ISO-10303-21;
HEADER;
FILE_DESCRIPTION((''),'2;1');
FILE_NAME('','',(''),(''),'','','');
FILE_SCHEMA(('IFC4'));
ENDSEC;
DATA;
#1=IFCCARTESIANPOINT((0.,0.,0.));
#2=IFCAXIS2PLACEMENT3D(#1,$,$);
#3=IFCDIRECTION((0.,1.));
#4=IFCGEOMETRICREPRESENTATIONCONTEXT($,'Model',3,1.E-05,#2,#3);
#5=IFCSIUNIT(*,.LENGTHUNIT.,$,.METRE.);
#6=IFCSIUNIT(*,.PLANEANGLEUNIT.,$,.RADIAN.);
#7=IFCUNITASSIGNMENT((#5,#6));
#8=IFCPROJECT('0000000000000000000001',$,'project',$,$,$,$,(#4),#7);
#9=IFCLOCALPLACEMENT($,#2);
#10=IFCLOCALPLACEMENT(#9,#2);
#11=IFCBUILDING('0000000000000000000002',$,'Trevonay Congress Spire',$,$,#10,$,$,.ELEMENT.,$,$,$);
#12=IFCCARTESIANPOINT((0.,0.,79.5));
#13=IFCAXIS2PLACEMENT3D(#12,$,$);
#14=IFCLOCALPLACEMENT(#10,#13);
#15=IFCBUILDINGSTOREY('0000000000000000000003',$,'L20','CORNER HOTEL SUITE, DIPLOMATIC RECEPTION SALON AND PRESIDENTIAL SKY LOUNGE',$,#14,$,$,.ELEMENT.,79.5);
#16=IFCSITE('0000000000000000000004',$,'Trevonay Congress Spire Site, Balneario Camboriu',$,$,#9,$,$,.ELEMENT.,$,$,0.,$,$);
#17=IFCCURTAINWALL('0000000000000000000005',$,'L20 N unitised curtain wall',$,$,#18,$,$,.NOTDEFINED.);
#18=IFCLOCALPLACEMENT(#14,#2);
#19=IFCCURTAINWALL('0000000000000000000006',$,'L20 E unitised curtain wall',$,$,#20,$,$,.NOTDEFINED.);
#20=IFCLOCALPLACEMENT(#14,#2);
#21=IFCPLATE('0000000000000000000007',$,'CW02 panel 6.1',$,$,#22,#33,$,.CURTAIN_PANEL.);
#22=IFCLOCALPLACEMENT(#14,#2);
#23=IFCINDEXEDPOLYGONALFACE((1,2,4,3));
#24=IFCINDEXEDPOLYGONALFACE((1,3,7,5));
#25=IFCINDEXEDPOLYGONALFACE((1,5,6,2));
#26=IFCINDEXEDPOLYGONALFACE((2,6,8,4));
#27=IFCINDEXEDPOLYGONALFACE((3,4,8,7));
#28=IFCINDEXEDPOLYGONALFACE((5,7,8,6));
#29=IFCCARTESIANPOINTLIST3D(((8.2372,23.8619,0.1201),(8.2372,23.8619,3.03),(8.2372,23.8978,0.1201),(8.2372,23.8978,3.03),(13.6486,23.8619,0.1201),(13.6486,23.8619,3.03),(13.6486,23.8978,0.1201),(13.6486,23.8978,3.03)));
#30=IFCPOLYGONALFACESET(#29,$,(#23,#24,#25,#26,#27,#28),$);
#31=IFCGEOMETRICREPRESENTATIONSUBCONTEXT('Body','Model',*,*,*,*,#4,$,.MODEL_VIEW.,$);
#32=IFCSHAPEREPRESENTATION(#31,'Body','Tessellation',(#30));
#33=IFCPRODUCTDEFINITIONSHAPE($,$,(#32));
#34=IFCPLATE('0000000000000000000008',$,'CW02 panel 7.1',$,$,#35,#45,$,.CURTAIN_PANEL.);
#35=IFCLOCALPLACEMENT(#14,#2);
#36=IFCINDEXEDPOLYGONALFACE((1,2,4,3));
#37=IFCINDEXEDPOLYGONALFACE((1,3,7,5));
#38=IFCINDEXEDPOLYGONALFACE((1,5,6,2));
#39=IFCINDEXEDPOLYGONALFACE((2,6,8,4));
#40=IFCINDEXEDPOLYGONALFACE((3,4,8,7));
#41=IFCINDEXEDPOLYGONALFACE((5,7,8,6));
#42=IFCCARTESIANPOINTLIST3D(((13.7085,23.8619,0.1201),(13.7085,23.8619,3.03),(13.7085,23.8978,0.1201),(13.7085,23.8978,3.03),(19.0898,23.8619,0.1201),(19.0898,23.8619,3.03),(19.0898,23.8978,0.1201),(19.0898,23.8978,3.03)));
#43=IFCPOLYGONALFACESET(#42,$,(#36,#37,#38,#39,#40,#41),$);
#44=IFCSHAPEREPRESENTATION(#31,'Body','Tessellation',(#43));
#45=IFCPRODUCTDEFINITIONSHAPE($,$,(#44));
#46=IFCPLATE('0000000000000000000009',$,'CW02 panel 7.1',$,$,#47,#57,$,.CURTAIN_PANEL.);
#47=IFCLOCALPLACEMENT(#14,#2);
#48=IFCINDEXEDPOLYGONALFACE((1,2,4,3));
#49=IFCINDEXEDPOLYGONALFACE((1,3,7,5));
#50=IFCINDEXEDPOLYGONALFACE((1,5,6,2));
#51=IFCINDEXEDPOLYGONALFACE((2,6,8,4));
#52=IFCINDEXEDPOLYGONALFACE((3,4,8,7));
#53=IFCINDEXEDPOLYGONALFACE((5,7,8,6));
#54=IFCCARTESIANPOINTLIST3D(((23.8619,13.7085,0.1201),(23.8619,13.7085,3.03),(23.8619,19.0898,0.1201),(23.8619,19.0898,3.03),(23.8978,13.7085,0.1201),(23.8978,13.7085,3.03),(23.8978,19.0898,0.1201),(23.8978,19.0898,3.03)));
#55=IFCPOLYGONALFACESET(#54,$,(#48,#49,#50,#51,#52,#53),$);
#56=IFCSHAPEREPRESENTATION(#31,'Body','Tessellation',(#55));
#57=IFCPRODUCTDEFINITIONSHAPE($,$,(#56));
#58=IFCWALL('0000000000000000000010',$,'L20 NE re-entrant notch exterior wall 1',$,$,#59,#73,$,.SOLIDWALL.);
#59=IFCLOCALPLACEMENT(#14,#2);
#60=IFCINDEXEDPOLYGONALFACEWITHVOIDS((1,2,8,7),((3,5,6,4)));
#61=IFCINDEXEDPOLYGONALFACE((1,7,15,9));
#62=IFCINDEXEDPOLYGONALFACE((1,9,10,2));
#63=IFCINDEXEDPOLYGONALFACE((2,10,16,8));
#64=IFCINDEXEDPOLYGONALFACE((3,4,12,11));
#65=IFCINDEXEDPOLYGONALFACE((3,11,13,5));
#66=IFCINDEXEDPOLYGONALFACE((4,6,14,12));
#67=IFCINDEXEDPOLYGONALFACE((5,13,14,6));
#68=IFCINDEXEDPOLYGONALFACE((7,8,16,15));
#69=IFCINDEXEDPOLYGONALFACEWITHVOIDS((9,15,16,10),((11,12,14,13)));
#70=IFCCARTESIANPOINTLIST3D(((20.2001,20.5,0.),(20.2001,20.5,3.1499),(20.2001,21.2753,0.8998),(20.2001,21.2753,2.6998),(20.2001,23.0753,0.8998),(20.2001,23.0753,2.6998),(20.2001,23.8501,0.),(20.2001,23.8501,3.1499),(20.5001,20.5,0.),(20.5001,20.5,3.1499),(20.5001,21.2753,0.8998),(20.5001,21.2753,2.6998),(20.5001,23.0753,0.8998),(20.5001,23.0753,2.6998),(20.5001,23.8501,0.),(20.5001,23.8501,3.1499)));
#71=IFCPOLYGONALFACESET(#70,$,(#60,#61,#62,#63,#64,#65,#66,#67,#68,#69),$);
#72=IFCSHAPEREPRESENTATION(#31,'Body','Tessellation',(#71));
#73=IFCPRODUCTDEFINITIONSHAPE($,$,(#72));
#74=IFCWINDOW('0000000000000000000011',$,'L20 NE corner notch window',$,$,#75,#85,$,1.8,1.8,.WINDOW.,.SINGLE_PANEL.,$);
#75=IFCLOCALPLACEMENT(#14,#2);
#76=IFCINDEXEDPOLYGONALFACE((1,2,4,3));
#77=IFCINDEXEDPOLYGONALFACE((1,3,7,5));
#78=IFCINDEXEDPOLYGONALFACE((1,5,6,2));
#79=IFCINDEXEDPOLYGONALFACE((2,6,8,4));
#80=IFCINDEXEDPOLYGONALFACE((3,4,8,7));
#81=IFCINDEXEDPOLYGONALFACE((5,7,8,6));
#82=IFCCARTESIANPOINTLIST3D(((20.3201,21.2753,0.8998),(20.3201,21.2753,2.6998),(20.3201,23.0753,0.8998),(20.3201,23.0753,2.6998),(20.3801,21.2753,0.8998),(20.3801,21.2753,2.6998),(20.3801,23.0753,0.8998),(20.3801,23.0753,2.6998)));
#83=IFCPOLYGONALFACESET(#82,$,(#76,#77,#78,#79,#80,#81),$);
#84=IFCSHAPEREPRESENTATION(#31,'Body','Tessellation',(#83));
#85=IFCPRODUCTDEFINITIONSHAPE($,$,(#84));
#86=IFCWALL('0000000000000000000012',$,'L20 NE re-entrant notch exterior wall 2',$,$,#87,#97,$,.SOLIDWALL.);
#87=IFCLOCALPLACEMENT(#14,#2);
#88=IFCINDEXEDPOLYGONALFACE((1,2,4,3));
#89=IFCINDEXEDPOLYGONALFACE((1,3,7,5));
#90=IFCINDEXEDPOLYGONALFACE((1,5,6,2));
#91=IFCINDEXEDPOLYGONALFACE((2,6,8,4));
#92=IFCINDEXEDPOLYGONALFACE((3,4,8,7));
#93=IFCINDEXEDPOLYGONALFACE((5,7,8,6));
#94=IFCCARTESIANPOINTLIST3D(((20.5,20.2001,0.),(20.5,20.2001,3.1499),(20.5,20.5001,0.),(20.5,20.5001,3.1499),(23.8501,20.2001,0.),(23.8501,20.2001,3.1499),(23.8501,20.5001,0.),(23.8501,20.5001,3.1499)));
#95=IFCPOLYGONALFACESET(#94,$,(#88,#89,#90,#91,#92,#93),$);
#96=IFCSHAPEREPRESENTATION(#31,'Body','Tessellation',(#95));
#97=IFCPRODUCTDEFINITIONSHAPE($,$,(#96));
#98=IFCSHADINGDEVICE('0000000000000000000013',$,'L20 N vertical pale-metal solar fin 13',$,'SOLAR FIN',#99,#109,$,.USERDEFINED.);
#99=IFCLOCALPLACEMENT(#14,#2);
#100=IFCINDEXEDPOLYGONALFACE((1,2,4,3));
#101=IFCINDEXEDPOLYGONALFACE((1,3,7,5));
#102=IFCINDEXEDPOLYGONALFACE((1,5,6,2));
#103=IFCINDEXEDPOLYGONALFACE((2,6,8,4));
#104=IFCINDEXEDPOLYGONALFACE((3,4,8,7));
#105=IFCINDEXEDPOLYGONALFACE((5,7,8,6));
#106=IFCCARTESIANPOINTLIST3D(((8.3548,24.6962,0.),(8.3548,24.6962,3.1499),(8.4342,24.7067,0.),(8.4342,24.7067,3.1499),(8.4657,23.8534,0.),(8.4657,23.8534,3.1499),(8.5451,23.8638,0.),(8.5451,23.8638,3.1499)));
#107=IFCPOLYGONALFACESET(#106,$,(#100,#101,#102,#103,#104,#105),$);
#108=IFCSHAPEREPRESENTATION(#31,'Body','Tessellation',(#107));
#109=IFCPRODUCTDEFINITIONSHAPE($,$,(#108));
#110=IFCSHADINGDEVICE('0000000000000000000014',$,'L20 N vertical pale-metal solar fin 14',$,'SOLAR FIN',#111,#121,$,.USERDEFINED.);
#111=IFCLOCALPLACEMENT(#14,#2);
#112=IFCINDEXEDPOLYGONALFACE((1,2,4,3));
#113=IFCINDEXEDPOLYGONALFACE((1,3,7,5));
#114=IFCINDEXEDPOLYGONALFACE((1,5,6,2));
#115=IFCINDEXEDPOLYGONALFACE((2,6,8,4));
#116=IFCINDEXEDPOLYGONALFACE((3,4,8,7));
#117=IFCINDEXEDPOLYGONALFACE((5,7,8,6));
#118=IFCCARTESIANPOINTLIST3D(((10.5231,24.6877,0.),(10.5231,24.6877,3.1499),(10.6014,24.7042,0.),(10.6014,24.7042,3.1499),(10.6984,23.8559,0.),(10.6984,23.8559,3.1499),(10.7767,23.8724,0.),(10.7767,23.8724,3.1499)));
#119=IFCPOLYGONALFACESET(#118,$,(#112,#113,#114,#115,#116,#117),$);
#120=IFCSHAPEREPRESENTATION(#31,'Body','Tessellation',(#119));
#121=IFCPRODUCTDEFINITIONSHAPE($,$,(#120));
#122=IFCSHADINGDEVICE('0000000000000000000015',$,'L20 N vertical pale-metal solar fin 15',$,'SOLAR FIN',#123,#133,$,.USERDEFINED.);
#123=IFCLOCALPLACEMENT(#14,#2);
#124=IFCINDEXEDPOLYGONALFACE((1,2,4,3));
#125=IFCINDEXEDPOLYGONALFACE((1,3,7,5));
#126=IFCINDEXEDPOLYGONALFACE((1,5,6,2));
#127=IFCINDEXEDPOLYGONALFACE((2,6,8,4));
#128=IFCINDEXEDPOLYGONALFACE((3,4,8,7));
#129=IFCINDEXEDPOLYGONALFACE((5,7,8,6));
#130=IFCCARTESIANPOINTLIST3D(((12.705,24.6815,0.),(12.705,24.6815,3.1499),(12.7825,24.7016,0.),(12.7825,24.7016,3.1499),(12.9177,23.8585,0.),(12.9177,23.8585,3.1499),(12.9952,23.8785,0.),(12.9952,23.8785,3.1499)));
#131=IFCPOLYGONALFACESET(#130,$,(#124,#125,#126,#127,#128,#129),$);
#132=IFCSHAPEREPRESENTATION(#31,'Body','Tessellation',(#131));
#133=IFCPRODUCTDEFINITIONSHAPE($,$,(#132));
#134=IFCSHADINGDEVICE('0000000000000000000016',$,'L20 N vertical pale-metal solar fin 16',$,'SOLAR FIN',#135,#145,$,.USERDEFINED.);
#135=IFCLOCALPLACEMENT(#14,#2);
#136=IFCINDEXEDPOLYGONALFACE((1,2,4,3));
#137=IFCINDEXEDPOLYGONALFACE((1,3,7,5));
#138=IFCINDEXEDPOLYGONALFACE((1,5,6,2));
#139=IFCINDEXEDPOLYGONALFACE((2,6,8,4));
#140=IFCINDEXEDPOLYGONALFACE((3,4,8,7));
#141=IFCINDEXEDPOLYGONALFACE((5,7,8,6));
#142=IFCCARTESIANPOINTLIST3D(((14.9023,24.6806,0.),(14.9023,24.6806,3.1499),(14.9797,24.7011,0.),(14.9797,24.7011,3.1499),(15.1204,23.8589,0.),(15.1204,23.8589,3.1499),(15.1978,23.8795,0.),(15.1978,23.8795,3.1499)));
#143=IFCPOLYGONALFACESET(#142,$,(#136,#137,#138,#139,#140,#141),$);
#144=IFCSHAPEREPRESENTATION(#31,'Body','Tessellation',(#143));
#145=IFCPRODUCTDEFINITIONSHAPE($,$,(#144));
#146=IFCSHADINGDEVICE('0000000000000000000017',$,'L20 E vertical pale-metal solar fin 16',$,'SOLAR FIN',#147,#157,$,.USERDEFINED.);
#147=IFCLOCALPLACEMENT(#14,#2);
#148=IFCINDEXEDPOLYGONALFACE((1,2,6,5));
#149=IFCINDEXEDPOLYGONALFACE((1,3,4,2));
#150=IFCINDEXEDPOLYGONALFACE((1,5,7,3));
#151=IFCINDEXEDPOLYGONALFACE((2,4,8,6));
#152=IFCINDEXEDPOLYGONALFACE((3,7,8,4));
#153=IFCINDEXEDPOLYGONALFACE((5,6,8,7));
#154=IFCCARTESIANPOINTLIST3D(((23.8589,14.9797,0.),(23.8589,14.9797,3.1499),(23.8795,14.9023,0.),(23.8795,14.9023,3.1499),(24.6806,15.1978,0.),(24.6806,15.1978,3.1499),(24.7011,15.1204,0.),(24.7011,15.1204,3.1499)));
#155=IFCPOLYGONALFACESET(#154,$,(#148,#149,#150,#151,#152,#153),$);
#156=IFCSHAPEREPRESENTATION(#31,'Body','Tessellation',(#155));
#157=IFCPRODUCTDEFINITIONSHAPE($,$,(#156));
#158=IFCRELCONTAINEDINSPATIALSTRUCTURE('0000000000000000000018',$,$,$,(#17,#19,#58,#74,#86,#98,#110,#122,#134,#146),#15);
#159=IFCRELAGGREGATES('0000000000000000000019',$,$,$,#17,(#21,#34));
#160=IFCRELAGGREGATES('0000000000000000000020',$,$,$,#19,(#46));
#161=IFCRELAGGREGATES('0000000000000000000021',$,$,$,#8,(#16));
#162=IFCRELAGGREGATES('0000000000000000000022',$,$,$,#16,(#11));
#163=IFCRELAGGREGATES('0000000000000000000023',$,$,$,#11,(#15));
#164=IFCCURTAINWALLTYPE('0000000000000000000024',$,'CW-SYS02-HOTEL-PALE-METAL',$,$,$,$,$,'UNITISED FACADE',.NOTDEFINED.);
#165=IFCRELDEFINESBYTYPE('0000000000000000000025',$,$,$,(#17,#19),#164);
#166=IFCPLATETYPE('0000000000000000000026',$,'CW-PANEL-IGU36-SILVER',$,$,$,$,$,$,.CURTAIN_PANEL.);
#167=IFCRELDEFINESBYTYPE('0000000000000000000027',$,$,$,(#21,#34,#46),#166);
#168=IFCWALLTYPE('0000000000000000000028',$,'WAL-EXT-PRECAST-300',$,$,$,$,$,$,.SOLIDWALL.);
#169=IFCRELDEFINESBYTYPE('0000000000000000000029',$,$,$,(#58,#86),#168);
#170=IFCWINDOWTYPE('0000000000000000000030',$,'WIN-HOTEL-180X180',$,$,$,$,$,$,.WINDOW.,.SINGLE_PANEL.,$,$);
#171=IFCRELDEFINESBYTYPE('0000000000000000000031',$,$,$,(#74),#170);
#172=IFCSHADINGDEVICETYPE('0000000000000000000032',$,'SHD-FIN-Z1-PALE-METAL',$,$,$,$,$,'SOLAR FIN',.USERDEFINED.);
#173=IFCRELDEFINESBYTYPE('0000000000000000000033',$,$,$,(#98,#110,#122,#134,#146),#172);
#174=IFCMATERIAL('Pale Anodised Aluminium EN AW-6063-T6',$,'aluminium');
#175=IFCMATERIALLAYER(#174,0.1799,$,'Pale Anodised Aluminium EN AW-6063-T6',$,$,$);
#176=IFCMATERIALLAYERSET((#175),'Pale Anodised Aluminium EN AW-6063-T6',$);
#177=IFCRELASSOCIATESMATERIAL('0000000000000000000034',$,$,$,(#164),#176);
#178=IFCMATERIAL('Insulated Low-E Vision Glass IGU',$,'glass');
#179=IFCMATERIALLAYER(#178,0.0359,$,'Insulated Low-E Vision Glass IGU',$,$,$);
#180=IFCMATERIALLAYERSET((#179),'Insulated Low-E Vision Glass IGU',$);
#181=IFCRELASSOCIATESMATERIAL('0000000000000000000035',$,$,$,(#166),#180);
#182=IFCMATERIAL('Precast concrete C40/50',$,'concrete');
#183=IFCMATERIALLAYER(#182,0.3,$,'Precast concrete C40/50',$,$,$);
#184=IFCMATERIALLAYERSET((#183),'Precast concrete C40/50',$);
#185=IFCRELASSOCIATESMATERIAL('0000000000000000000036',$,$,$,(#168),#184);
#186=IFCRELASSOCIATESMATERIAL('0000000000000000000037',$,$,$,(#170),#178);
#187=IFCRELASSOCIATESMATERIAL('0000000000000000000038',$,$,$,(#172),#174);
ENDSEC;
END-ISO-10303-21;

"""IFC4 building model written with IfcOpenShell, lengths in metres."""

from ifc_helpers import new_model, si_unit, direction, frame, frame_2d, origin, origin_2d, place, context, subcontext, project, spatial, rectangle, extrude, material, layer, layer_set, type_object, element, fill, aggregate, save


model = new_model("IFC4")

# Units and contexts
model_context = context("Model", 3, precision=1e-05, world=origin(), true_north=direction((0.0, 1.0)))
body_context = subcontext(model_context, "Body", "Model", "MODEL_VIEW")
ifc_project = project(units=[si_unit("LENGTHUNIT", "METRE"), si_unit("PLANEANGLEUNIT", "RADIAN")], contexts=[model_context])

# Site, building, storey
site_placement = place(None, origin())
site = spatial("IfcSite", under=ifc_project, at=site_placement, Name="Trevonay Congress Spire Site, Balneario Camboriu", CompositionType="ELEMENT", RefElevation=0.0)
building_placement = place(site_placement, origin())
building = spatial("IfcBuilding", under=site, at=building_placement, Name="Trevonay Congress Spire", CompositionType="ELEMENT")
storey_placement = place(building_placement, frame((0.0, 0.0, 79.5)))
storey = spatial("IfcBuildingStorey", under=building, at=storey_placement, Name="L20", Description="CORNER HOTEL SUITE, DIPLOMATIC RECEPTION SALON AND PRESIDENTIAL SKY LOUNGE", CompositionType="ELEMENT", Elevation=79.5)

# Curtain wall
ifc_material_1 = material(Name="Pale Anodised Aluminium EN AW-6063-T6", Category="aluminium")
ifc_layer_1 = layer(ifc_material_1, 0.1799, Name="Pale Anodised Aluminium EN AW-6063-T6")
ifc_layer_set_1 = layer_set([ifc_layer_1], Name="Pale Anodised Aluminium EN AW-6063-T6")
curtain_wall_type = type_object("IfcCurtainWallType", Name="CW-SYS02-HOTEL-PALE-METAL", ElementType="UNITISED FACADE", PredefinedType="NOTDEFINED", material=ifc_layer_set_1)
curtain_wall_1_placement = place(storey_placement, origin())
curtain_wall_1 = element("IfcCurtainWall", 1, at=curtain_wall_1_placement, inside=storey, type_object=curtain_wall_type, Name="L20 N unitised curtain wall", PredefinedType="NOTDEFINED")

# Curtain wall
curtain_wall_2_placement = place(storey_placement, origin())
curtain_wall_2 = element("IfcCurtainWall", 2, at=curtain_wall_2_placement, inside=storey, type_object=curtain_wall_type, Name="L20 E unitised curtain wall", PredefinedType="NOTDEFINED")

# Plates
ifc_material_2 = material(Name="Insulated Low-E Vision Glass IGU", Category="glass")
ifc_layer_2 = layer(ifc_material_2, 0.0359, Name="Insulated Low-E Vision Glass IGU")
ifc_layer_set_2 = layer_set([ifc_layer_2], Name="Insulated Low-E Vision Glass IGU")
plate_type = type_object("IfcPlateType", Name="CW-PANEL-IGU36-SILVER", PredefinedType="CURTAIN_PANEL", material=ifc_layer_set_2)
plate_1_placement = place(storey_placement, frame((10.9429, 23.8799, 0.1201), z_axis=(0.0, 0.0, 1.0), x_axis=(1.0, 0.0, 0.0)))
plate_1 = element("IfcPlate", 3, at=plate_1_placement, type_object=plate_type, Name="CW02 panel 6.1", PredefinedType="CURTAIN_PANEL", context=body_context, shape_type="SweptSolid", body=[
    extrude(rectangle(XDim=5.4114, YDim=0.0359, at=origin_2d()), origin(), (0.0, 0.0, 1.0), 2.9099),
])
plate_2_placement = place(storey_placement, frame((16.3992, 23.8799, 0.1201), z_axis=(0.0, 0.0, 1.0), x_axis=(1.0, 0.0, 0.0)))
plate_2 = element("IfcPlate", 4, at=plate_2_placement, type_object=plate_type, Name="CW02 panel 7.1", PredefinedType="CURTAIN_PANEL", context=body_context, shape_type="SweptSolid", body=[
    extrude(rectangle(XDim=5.3813, YDim=0.0359, at=origin_2d()), origin(), (0.0, 0.0, 1.0), 2.9099),
])
aggregate(curtain_wall_1, [plate_1, plate_2])
plate_3_placement = place(storey_placement, frame((23.8799, 16.3992, 0.1201), z_axis=(0.0, 0.0, 1.0), x_axis=(0.0, 1.0, 0.0)))
plate_3 = element("IfcPlate", 5, at=plate_3_placement, type_object=plate_type, Name="CW02 panel 7.1", PredefinedType="CURTAIN_PANEL", context=body_context, shape_type="SweptSolid", body=[
    extrude(rectangle(XDim=5.3813, YDim=0.0359, at=origin_2d()), origin(), (0.0, 0.0, 1.0), 2.9099),
])
aggregate(curtain_wall_2, [plate_3])

# Wall, opening, window
ifc_material_3 = material(Name="Precast concrete C40/50", Category="concrete")
ifc_layer_3 = layer(ifc_material_3, 0.3, Name="Precast concrete C40/50")
ifc_layer_set_3 = layer_set([ifc_layer_3], Name="Precast concrete C40/50")
wall_type = type_object("IfcWallType", Name="WAL-EXT-PRECAST-300", PredefinedType="SOLIDWALL", material=ifc_layer_set_3)
wall_1_placement = place(storey_placement, frame((20.3501, 23.8501, 0.0), z_axis=(0.0, 0.0, 1.0), x_axis=(0.0, -1.0, 0.0)))
wall_1 = element("IfcWall", 6, at=wall_1_placement, inside=storey, type_object=wall_type, Name="L20 NE re-entrant notch exterior wall 1", PredefinedType="SOLIDWALL", context=body_context, shape_type="SweptSolid", body=[
    extrude(rectangle(XDim=3.3501, YDim=0.3, at=frame_2d((1.675, 0.0))), origin(), (0.0, 0.0, 1.0), 3.1499),
])
opening_placement = place(wall_1_placement, frame((0.7749, 0.0, 0.8999)))
opening = element("IfcOpeningElement", 7, at=opening_placement, cuts=wall_1, PredefinedType="OPENING", context=body_context, shape_type="SweptSolid", body=[
    extrude(rectangle(XDim=1.8, YDim=1.8, at=frame_2d((0.8999, 0.8999))), frame((0.0, 0.1602, 0.0), z_axis=(0.0, -1.0, 0.0), x_axis=(1.0, 0.0, 0.0)), (0.0, 0.0, 1.0), 0.3201),
])
window_type = type_object("IfcWindowType", Name="WIN-HOTEL-180X180", PartitioningType="SINGLE_PANEL", PredefinedType="WINDOW", material=ifc_material_2)
window_placement = place(opening_placement, origin())
window = element("IfcWindow", 8, at=window_placement, inside=storey, type_object=window_type, Name="L20 NE corner notch window", OverallHeight=1.8, OverallWidth=1.8, PartitioningType="SINGLE_PANEL", PredefinedType="WINDOW", context=body_context, shape_type="SweptSolid", body=[
    extrude(rectangle(XDim=1.8, YDim=1.8, at=frame_2d((0.8999, 0.8999))), frame((0.0, 0.03, 0.0), z_axis=(0.0, -1.0, 0.0), x_axis=(1.0, 0.0, 0.0)), (0.0, 0.0, 1.0), 0.0601),
])
fill(opening, window)

# Wall
wall_2_placement = place(storey_placement, frame((23.8501, 20.3501, 0.0), z_axis=(0.0, 0.0, 1.0), x_axis=(-1.0, 0.0, 0.0)))
element("IfcWall", 9, at=wall_2_placement, inside=storey, type_object=wall_type, Name="L20 NE re-entrant notch exterior wall 2", PredefinedType="SOLIDWALL", context=body_context, shape_type="SweptSolid", body=[
    extrude(rectangle(XDim=3.3501, YDim=0.3, at=frame_2d((1.675, 0.0))), origin(), (0.0, 0.0, 1.0), 3.1499),
])

# Shading devices
shading_device_type = type_object("IfcShadingDeviceType", Name="SHD-FIN-Z1-PALE-METAL", ElementType="SOLAR FIN", PredefinedType="USERDEFINED", material=ifc_material_1)
for number, where, z_axis, x_axis, name in (
    (10, (8.45, 24.28, 0.0), (0.0, 0.0, 1.0), (0.991445, 0.130526, 0.0), "L20 N vertical pale-metal solar fin 13"),
    (11, (10.6499, 24.28, 0.0), (0.0, 0.0, 1.0), (0.978509, 0.206204, 0.0), "L20 N vertical pale-metal solar fin 14"),
    (12, (12.8501, 24.28, 0.0), (0.0, 0.0, 1.0), (0.968191, 0.250211, 0.0), "L20 N vertical pale-metal solar fin 15"),
    (13, (15.05, 24.28, 0.0), (0.0, 0.0, 1.0), (0.966511, 0.256627, 0.0), "L20 N vertical pale-metal solar fin 16"),
    (14, (24.28, 15.05, 0.0), (0.0, 0.0, 1.0), (-0.256627, 0.966511, 0.0), "L20 E vertical pale-metal solar fin 16"),
):
    element("IfcShadingDevice", number, at=place(storey_placement, frame(where, z_axis=z_axis, x_axis=x_axis)), inside=storey, type_object=shading_device_type, Name=name, ObjectType="SOLAR FIN", PredefinedType="USERDEFINED", context=body_context, shape_type="SweptSolid", body=[
        extrude(rectangle(XDim=0.0801, YDim=0.8501, at=origin_2d()), origin(), (0.0, 0.0, 1.0), 3.1499),
    ])

save(model, "model.ifc")
